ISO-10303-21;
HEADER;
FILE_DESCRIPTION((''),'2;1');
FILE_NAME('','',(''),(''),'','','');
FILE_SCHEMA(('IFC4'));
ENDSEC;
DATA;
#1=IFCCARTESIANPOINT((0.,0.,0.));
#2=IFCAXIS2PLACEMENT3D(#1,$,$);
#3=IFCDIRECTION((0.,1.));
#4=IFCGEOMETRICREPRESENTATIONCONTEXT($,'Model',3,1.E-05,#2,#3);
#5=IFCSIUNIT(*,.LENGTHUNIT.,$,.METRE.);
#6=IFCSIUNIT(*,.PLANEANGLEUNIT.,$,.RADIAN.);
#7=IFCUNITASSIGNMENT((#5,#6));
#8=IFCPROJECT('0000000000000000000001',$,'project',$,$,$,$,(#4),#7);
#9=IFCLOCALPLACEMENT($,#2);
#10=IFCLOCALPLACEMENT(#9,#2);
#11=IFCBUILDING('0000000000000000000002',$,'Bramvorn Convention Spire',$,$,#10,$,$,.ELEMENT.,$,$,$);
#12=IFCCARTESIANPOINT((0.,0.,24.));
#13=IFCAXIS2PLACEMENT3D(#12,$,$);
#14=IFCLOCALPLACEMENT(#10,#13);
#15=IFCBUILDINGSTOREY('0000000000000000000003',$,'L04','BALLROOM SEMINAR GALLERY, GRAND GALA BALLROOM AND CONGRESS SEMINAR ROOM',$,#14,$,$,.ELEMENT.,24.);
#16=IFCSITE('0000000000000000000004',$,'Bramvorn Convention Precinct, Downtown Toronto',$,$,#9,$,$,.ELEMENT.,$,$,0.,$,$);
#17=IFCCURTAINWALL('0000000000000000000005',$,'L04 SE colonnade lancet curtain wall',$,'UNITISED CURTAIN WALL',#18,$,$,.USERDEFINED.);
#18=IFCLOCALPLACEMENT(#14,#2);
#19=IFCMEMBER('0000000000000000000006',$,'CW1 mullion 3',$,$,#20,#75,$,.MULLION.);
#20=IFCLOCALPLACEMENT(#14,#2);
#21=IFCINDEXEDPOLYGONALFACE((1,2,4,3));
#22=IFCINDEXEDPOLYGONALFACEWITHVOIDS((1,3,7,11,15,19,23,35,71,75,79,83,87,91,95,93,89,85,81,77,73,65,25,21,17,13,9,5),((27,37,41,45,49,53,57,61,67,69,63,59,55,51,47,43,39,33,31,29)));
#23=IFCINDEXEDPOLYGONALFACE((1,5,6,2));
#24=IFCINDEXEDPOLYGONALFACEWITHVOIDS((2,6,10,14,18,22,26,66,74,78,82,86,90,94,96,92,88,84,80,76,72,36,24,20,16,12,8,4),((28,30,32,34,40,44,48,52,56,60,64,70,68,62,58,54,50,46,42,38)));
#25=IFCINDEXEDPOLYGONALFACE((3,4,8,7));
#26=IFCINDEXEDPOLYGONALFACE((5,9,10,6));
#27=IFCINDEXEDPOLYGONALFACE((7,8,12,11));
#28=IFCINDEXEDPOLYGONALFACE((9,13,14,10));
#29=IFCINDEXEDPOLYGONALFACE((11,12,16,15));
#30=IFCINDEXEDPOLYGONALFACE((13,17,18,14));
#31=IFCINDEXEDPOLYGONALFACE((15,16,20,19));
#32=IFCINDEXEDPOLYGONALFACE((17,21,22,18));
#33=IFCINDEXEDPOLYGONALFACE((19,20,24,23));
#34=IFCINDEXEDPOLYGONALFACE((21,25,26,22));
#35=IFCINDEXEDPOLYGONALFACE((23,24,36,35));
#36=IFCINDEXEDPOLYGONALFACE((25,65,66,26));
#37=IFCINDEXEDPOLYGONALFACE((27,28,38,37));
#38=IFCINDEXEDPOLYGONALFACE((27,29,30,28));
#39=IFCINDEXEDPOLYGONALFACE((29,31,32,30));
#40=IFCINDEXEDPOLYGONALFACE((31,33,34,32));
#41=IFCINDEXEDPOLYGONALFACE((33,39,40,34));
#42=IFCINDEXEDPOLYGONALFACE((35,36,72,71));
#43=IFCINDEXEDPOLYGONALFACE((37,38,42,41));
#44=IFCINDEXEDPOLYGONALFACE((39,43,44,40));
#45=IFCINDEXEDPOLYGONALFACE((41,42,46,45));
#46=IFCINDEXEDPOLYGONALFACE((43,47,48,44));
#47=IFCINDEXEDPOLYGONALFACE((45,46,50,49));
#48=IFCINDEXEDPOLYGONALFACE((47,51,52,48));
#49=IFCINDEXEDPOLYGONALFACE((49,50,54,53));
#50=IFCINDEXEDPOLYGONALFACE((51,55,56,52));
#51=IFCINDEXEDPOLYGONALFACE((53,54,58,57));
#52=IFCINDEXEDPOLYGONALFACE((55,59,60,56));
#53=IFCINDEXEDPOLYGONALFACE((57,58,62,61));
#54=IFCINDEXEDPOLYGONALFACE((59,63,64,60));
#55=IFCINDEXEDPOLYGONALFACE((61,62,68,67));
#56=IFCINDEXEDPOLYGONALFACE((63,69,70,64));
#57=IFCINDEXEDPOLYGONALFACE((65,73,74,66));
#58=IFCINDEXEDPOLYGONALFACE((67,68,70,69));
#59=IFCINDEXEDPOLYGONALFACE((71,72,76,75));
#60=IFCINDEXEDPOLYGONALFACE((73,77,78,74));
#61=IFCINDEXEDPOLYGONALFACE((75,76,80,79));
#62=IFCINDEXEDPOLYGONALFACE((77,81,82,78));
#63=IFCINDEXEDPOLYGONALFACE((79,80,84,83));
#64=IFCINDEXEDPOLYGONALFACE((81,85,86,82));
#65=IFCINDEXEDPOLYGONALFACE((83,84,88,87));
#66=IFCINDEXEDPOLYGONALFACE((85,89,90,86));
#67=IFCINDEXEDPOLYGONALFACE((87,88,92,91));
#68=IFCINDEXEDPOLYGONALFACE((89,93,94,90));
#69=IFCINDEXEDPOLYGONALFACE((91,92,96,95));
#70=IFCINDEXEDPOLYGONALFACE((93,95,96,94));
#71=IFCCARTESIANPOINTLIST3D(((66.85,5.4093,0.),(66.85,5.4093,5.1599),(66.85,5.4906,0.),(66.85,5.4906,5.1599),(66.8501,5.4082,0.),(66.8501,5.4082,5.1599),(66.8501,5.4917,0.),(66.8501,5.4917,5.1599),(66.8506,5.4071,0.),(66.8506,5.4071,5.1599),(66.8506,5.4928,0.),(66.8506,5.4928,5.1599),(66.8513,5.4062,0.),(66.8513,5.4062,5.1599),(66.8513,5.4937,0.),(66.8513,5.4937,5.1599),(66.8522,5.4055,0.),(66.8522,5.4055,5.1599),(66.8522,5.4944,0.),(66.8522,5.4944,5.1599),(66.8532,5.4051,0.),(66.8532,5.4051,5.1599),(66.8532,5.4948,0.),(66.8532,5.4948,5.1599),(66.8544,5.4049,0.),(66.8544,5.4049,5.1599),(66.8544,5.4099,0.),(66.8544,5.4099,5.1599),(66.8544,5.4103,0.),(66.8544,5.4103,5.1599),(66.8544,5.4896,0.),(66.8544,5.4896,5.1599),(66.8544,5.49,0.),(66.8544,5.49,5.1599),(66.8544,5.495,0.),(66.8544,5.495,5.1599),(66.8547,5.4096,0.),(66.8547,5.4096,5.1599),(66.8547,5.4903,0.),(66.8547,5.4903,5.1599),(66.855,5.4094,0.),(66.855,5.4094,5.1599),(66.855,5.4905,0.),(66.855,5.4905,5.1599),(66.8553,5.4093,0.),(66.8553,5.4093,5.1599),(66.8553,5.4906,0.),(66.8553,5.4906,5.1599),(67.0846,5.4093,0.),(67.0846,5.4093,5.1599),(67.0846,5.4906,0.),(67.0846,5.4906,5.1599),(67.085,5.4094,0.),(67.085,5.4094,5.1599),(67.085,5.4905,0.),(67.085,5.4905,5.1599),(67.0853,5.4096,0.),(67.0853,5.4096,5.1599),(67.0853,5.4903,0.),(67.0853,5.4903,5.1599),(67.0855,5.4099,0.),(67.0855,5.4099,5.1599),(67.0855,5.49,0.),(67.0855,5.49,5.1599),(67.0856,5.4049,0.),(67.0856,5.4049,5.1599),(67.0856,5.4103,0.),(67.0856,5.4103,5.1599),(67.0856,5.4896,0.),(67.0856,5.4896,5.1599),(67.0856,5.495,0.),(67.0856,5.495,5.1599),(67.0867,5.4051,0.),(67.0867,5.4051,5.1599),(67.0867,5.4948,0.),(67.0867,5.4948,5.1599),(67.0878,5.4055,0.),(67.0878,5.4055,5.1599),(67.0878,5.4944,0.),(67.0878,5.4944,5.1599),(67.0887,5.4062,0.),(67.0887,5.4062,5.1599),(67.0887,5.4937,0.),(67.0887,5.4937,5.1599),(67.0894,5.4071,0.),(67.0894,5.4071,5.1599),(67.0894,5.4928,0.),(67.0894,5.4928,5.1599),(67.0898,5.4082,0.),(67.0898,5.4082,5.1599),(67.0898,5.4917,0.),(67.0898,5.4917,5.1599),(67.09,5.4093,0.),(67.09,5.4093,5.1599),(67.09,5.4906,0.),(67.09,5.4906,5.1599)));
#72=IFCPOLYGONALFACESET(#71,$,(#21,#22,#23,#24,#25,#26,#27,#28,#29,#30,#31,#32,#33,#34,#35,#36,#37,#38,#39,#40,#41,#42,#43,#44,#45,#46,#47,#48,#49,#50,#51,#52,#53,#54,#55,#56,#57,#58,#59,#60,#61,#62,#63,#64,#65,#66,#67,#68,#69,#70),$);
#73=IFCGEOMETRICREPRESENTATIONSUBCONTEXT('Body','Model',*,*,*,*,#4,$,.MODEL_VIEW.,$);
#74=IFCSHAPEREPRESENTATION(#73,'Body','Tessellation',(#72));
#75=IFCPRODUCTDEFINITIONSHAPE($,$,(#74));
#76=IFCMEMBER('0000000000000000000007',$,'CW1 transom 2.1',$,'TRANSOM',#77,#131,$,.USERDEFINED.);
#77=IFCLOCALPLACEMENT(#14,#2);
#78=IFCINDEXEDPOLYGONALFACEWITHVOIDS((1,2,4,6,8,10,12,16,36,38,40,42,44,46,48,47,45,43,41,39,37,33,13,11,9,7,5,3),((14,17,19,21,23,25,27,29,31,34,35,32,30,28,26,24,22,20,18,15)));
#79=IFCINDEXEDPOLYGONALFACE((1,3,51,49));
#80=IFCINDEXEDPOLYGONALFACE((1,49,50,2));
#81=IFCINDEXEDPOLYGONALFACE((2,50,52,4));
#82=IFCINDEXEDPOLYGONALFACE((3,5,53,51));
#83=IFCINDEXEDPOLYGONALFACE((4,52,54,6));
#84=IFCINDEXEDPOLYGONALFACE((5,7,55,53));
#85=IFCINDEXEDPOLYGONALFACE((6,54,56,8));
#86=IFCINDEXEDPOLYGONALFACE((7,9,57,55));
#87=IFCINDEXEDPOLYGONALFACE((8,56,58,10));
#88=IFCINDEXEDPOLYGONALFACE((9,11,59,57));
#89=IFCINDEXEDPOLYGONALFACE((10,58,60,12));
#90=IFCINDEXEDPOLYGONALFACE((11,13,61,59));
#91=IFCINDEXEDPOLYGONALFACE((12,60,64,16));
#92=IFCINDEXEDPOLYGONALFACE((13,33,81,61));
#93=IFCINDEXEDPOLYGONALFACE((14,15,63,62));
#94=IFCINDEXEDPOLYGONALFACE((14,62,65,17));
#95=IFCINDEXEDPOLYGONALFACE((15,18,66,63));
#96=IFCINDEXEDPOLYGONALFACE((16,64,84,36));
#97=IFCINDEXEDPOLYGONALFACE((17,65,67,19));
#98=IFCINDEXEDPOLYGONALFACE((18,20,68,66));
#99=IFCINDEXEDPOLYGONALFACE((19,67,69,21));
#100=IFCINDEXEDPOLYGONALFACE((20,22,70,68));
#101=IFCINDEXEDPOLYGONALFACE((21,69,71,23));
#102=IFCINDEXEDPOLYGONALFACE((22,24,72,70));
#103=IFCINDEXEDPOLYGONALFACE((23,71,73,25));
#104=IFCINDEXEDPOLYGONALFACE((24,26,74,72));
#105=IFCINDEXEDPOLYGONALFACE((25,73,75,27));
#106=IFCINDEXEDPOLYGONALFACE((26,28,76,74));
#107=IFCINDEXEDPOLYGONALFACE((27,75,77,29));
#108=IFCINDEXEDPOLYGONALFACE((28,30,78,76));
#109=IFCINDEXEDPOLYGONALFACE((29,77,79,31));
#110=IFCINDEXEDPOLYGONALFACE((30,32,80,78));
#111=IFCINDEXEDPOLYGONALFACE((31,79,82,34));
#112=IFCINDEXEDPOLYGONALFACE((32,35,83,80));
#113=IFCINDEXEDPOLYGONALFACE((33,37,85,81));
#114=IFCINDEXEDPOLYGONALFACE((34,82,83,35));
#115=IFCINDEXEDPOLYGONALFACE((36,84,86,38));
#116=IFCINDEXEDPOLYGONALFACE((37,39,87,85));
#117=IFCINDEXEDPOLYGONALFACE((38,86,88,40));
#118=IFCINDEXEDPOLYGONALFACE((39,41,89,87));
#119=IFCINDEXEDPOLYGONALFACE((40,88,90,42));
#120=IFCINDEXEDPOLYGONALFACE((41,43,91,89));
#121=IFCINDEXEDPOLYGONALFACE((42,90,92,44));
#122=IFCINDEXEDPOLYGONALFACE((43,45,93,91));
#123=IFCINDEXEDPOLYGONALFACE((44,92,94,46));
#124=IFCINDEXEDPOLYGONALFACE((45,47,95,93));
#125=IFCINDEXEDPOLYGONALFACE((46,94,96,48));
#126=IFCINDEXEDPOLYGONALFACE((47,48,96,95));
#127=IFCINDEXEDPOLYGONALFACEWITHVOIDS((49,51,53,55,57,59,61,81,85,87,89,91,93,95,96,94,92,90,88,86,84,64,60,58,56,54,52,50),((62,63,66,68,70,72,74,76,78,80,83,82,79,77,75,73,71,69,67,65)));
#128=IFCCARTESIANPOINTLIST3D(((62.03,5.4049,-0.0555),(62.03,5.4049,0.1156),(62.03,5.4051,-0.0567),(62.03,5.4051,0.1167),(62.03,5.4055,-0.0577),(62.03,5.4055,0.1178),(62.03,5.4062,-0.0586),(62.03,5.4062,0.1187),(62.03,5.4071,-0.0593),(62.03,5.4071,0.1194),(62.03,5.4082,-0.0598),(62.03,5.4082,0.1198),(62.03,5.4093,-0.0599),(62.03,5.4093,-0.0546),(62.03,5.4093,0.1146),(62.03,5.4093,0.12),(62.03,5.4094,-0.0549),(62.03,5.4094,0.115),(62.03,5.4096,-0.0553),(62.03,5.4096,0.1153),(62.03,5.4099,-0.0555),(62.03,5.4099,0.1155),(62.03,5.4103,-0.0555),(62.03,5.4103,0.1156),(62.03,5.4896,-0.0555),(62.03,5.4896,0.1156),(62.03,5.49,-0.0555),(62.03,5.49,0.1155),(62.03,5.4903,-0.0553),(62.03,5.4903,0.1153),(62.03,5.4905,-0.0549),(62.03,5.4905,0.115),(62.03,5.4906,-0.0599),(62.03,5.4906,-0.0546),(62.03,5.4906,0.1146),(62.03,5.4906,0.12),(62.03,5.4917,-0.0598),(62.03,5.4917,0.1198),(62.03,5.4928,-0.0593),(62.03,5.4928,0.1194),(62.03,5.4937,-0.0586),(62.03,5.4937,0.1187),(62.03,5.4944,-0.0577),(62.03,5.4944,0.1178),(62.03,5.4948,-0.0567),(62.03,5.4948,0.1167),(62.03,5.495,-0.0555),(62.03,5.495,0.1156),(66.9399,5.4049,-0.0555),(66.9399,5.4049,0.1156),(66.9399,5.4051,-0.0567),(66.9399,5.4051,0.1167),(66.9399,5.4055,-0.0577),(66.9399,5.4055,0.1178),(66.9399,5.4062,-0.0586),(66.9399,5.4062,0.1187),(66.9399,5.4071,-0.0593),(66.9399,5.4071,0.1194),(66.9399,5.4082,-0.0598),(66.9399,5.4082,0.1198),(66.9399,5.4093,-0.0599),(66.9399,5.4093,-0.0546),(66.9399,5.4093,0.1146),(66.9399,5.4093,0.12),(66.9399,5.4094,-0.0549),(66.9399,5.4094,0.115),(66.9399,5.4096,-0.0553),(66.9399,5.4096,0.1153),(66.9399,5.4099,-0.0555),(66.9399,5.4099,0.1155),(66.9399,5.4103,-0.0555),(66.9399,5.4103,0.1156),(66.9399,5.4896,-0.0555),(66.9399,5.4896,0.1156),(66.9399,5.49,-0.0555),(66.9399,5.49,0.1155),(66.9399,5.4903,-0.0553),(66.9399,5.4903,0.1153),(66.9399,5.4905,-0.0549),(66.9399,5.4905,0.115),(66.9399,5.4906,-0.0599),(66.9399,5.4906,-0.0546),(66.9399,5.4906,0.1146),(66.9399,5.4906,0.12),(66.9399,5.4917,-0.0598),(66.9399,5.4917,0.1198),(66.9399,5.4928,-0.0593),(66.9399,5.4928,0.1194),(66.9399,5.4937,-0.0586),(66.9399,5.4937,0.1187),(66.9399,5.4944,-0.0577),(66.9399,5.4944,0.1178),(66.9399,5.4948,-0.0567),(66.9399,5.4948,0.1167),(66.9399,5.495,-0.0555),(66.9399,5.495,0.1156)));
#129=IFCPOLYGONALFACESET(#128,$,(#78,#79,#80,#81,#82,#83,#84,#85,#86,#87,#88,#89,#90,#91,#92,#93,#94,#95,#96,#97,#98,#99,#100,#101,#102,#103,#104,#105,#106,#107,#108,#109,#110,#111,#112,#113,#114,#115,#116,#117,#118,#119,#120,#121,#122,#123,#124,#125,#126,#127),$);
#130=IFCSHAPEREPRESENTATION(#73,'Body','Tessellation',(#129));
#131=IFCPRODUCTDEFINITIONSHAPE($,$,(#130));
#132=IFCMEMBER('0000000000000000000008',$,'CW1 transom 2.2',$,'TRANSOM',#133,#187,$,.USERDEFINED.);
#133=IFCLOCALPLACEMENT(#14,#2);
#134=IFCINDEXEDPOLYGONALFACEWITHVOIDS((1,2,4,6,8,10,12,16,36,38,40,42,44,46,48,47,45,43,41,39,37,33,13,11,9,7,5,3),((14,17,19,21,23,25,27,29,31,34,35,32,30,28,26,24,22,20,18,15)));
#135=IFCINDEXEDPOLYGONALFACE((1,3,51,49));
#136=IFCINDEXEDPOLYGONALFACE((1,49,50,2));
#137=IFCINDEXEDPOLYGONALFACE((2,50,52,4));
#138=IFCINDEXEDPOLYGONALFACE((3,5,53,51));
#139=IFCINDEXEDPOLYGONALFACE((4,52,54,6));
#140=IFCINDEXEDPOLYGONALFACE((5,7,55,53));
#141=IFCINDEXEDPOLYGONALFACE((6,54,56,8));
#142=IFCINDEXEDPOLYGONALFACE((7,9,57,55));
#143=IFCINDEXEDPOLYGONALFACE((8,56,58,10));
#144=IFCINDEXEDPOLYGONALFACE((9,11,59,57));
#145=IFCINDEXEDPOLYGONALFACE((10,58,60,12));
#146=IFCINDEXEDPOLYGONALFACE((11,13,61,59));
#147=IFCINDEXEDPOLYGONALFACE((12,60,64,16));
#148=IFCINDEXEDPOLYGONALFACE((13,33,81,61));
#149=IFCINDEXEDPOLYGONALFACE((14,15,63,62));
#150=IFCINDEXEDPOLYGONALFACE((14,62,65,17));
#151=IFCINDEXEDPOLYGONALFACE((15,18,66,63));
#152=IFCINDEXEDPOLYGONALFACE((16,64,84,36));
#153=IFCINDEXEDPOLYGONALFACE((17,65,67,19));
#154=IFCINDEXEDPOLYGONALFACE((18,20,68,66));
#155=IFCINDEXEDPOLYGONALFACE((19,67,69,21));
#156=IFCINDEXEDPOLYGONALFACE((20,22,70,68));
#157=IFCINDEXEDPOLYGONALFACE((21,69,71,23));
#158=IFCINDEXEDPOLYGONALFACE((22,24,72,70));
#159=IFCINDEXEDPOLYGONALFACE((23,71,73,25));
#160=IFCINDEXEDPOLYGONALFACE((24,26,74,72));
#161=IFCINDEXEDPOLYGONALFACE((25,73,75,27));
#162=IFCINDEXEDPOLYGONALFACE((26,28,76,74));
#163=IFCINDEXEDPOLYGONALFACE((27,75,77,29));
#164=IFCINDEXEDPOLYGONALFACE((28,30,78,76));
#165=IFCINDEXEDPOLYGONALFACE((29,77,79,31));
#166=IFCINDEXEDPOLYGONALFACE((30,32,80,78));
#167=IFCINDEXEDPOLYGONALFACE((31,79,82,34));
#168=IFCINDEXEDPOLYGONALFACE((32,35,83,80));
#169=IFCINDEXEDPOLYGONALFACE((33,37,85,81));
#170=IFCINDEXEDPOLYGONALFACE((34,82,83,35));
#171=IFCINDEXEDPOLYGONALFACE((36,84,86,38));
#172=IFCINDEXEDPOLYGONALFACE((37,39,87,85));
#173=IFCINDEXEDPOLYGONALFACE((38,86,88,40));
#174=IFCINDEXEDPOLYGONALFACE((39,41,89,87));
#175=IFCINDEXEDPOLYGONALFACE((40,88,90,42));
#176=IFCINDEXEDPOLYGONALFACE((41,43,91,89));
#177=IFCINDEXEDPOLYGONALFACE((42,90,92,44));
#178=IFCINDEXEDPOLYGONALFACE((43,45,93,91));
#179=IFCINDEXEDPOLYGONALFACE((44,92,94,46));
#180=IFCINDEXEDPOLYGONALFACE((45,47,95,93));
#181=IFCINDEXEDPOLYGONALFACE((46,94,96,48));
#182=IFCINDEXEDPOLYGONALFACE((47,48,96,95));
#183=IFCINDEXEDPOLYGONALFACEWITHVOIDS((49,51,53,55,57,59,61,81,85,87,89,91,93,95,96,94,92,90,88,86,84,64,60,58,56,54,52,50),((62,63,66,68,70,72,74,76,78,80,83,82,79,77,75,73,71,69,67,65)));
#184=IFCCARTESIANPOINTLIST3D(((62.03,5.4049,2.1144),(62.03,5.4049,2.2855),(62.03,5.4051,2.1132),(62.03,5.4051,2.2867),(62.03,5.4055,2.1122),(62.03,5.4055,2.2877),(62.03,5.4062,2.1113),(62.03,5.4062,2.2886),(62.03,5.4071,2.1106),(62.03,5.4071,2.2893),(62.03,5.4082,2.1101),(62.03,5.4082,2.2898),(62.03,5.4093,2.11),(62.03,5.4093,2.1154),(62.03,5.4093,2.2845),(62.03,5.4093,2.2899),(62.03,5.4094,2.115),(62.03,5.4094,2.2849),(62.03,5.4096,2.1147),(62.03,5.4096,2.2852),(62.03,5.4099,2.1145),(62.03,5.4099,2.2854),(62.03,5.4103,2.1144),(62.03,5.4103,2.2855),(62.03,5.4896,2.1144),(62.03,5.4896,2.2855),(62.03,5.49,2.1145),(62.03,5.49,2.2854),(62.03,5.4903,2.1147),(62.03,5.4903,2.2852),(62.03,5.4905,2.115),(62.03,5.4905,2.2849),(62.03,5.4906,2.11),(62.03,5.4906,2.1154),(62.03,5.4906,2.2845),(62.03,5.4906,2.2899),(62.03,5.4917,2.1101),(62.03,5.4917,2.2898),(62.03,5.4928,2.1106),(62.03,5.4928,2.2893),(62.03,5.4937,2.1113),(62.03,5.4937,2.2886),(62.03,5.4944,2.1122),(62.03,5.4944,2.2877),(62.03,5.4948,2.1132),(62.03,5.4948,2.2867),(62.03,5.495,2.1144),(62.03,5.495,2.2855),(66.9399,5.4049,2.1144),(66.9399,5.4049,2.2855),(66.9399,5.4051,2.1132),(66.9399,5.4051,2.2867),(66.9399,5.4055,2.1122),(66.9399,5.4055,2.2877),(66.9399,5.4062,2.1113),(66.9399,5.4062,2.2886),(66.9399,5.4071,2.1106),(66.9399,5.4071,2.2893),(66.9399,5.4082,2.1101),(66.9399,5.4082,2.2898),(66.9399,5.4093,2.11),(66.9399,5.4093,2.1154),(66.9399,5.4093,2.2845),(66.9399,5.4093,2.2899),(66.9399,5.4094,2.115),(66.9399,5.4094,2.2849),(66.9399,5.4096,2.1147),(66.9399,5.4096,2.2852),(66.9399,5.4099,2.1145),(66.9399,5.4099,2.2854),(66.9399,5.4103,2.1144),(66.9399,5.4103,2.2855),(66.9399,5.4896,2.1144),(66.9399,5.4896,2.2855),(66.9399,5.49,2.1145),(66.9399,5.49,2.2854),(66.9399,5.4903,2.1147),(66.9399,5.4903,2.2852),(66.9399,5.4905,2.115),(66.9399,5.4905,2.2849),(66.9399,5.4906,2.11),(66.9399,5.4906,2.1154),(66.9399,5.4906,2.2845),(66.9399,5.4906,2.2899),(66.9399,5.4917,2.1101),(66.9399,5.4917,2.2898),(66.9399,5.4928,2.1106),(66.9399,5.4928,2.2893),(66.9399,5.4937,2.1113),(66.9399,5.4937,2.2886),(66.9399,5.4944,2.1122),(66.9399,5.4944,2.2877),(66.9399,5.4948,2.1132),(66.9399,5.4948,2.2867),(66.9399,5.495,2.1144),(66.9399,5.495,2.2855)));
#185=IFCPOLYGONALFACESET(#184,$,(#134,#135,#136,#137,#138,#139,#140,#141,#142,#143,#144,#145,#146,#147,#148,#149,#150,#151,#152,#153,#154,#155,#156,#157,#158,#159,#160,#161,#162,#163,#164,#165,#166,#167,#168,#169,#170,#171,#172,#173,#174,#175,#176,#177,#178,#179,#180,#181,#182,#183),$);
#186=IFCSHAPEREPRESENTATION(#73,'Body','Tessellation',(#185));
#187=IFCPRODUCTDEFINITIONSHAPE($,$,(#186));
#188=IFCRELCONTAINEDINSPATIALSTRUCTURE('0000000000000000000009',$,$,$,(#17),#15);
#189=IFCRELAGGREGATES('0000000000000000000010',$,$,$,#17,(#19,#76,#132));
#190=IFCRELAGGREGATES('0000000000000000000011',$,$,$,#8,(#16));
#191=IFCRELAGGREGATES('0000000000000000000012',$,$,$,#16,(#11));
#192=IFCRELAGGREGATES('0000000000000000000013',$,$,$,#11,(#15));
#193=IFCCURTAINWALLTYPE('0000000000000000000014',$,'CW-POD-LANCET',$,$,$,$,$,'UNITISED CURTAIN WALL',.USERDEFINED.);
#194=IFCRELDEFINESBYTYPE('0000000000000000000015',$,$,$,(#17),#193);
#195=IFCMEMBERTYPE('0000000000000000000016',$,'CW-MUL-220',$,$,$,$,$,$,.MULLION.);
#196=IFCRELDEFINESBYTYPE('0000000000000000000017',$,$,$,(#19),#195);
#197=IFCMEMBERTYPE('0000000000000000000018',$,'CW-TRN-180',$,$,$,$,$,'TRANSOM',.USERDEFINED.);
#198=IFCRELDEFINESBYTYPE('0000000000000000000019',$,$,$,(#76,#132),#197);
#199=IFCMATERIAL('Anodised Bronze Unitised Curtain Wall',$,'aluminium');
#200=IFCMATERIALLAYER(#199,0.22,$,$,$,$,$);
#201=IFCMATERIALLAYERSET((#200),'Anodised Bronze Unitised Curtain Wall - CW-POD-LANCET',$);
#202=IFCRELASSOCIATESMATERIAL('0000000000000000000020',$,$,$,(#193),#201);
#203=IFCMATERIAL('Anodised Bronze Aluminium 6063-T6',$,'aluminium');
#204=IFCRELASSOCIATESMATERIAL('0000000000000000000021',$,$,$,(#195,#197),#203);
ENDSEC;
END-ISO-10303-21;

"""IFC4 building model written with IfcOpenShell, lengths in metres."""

from ifc_helpers import new_model, si_unit, direction, frame, origin, origin_2d, place, context, subcontext, project, spatial, hollow_rectangle, extrude, material, layer, layer_set, material_profile, profile_set, type_object, element, aggregate, save


model = new_model("IFC4")

# Units and contexts
model_context = context("Model", 3, precision=1e-05, world=origin(), true_north=direction((0.0, 1.0)))
body_context = subcontext(model_context, "Body", "Model", "MODEL_VIEW")
ifc_project = project(units=[si_unit("LENGTHUNIT", "METRE"), si_unit("PLANEANGLEUNIT", "RADIAN")], contexts=[model_context])

# Site, building, storey
site_placement = place(None, origin())
site = spatial("IfcSite", under=ifc_project, at=site_placement, Name="Bramvorn Convention Precinct, Downtown Toronto", CompositionType="ELEMENT", RefElevation=0.0)
building_placement = place(site_placement, origin())
building = spatial("IfcBuilding", under=site, at=building_placement, Name="Bramvorn Convention Spire", CompositionType="ELEMENT")
storey_placement = place(building_placement, frame((0.0, 0.0, 24.0)))
storey = spatial("IfcBuildingStorey", under=building, at=storey_placement, Name="L04", Description="BALLROOM SEMINAR GALLERY, GRAND GALA BALLROOM AND CONGRESS SEMINAR ROOM", CompositionType="ELEMENT", Elevation=24.0)

# Curtain wall, members
ifc_material_1 = material(Name="Anodised Bronze Unitised Curtain Wall", Category="aluminium")
ifc_layer_1 = layer(ifc_material_1, 0.22)
ifc_layer_set_1 = layer_set([ifc_layer_1], Name="Anodised Bronze Unitised Curtain Wall - CW-POD-LANCET")
curtain_wall_type = type_object("IfcCurtainWallType", Name="CW-POD-LANCET", ElementType="UNITISED CURTAIN WALL", PredefinedType="USERDEFINED", material=ifc_layer_set_1)
curtain_wall_placement = place(storey_placement, origin())
curtain_wall = element("IfcCurtainWall", 1, at=curtain_wall_placement, inside=storey, type_object=curtain_wall_type, Name="L04 SE colonnade lancet curtain wall", ObjectType="UNITISED CURTAIN WALL", PredefinedType="USERDEFINED")
ifc_material_2 = material(Name="Anodised Bronze Aluminium 6063-T6", Category="aluminium")
ifc_material_profile_1 = material_profile(ifc_material_2, hollow_rectangle(XDim=0.0901, YDim=0.24, WallThickness=0.0044, InnerFilletRadius=0.001, OuterFilletRadius=0.0044, at=origin_2d()))
ifc_profile_set_1 = profile_set([ifc_material_profile_1], Name="Anodised Bronze Aluminium 6063-T6 - CWM90X240")
member_type_1 = type_object("IfcMemberType", Name="CW-MUL-220", PredefinedType="MULLION", material=ifc_profile_set_1)
member_1_placement = place(storey_placement, frame((66.97, 5.45, 0.0), z_axis=(0.0, 0.0, 1.0), x_axis=(0.0, 1.0, 0.0)))
member_1 = element("IfcMember", 2, at=member_1_placement, type_object=member_type_1, Name="CW1 mullion 3", PredefinedType="MULLION", context=body_context, shape_type="SweptSolid", body=[
    extrude(hollow_rectangle(XDim=0.0901, YDim=0.24, WallThickness=0.0044, InnerFilletRadius=0.001, OuterFilletRadius=0.0044, at=origin_2d()), origin(), (0.0, 0.0, 1.0), 5.1599),
])
ifc_material_profile_2 = material_profile(ifc_material_2, hollow_rectangle(XDim=0.0901, YDim=0.1799, WallThickness=0.0044, InnerFilletRadius=0.001, OuterFilletRadius=0.0044, at=origin_2d()))
ifc_profile_set_2 = profile_set([ifc_material_profile_2], Name="Anodised Bronze Aluminium 6063-T6 - CWT90X180")
member_type_2 = type_object("IfcMemberType", Name="CW-TRN-180", ElementType="TRANSOM", PredefinedType="USERDEFINED", material=ifc_profile_set_2)
member_2_placement = place(storey_placement, frame((62.03, 5.45, 0.03), z_axis=(1.0, 0.0, 0.0), x_axis=(0.0, 1.0, 0.0)))
member_2 = element("IfcMember", 3, at=member_2_placement, type_object=member_type_2, Name="CW1 transom 2.1", ObjectType="TRANSOM", PredefinedType="USERDEFINED", context=body_context, shape_type="SweptSolid", body=[
    extrude(hollow_rectangle(XDim=0.0901, YDim=0.1799, WallThickness=0.0044, InnerFilletRadius=0.001, OuterFilletRadius=0.0044, at=origin_2d()), origin(), (0.0, 0.0, 1.0), 4.9099),
])
member_3_placement = place(storey_placement, frame((62.03, 5.45, 2.2), z_axis=(1.0, 0.0, 0.0), x_axis=(0.0, 1.0, 0.0)))
member_3 = element("IfcMember", 4, at=member_3_placement, type_object=member_type_2, Name="CW1 transom 2.2", ObjectType="TRANSOM", PredefinedType="USERDEFINED", context=body_context, shape_type="SweptSolid", body=[
    extrude(hollow_rectangle(XDim=0.0901, YDim=0.1799, WallThickness=0.0044, InnerFilletRadius=0.001, OuterFilletRadius=0.0044, at=origin_2d()), origin(), (0.0, 0.0, 1.0), 4.9099),
])
aggregate(curtain_wall, [member_1, member_2, member_3])

save(model, "model.ifc")
